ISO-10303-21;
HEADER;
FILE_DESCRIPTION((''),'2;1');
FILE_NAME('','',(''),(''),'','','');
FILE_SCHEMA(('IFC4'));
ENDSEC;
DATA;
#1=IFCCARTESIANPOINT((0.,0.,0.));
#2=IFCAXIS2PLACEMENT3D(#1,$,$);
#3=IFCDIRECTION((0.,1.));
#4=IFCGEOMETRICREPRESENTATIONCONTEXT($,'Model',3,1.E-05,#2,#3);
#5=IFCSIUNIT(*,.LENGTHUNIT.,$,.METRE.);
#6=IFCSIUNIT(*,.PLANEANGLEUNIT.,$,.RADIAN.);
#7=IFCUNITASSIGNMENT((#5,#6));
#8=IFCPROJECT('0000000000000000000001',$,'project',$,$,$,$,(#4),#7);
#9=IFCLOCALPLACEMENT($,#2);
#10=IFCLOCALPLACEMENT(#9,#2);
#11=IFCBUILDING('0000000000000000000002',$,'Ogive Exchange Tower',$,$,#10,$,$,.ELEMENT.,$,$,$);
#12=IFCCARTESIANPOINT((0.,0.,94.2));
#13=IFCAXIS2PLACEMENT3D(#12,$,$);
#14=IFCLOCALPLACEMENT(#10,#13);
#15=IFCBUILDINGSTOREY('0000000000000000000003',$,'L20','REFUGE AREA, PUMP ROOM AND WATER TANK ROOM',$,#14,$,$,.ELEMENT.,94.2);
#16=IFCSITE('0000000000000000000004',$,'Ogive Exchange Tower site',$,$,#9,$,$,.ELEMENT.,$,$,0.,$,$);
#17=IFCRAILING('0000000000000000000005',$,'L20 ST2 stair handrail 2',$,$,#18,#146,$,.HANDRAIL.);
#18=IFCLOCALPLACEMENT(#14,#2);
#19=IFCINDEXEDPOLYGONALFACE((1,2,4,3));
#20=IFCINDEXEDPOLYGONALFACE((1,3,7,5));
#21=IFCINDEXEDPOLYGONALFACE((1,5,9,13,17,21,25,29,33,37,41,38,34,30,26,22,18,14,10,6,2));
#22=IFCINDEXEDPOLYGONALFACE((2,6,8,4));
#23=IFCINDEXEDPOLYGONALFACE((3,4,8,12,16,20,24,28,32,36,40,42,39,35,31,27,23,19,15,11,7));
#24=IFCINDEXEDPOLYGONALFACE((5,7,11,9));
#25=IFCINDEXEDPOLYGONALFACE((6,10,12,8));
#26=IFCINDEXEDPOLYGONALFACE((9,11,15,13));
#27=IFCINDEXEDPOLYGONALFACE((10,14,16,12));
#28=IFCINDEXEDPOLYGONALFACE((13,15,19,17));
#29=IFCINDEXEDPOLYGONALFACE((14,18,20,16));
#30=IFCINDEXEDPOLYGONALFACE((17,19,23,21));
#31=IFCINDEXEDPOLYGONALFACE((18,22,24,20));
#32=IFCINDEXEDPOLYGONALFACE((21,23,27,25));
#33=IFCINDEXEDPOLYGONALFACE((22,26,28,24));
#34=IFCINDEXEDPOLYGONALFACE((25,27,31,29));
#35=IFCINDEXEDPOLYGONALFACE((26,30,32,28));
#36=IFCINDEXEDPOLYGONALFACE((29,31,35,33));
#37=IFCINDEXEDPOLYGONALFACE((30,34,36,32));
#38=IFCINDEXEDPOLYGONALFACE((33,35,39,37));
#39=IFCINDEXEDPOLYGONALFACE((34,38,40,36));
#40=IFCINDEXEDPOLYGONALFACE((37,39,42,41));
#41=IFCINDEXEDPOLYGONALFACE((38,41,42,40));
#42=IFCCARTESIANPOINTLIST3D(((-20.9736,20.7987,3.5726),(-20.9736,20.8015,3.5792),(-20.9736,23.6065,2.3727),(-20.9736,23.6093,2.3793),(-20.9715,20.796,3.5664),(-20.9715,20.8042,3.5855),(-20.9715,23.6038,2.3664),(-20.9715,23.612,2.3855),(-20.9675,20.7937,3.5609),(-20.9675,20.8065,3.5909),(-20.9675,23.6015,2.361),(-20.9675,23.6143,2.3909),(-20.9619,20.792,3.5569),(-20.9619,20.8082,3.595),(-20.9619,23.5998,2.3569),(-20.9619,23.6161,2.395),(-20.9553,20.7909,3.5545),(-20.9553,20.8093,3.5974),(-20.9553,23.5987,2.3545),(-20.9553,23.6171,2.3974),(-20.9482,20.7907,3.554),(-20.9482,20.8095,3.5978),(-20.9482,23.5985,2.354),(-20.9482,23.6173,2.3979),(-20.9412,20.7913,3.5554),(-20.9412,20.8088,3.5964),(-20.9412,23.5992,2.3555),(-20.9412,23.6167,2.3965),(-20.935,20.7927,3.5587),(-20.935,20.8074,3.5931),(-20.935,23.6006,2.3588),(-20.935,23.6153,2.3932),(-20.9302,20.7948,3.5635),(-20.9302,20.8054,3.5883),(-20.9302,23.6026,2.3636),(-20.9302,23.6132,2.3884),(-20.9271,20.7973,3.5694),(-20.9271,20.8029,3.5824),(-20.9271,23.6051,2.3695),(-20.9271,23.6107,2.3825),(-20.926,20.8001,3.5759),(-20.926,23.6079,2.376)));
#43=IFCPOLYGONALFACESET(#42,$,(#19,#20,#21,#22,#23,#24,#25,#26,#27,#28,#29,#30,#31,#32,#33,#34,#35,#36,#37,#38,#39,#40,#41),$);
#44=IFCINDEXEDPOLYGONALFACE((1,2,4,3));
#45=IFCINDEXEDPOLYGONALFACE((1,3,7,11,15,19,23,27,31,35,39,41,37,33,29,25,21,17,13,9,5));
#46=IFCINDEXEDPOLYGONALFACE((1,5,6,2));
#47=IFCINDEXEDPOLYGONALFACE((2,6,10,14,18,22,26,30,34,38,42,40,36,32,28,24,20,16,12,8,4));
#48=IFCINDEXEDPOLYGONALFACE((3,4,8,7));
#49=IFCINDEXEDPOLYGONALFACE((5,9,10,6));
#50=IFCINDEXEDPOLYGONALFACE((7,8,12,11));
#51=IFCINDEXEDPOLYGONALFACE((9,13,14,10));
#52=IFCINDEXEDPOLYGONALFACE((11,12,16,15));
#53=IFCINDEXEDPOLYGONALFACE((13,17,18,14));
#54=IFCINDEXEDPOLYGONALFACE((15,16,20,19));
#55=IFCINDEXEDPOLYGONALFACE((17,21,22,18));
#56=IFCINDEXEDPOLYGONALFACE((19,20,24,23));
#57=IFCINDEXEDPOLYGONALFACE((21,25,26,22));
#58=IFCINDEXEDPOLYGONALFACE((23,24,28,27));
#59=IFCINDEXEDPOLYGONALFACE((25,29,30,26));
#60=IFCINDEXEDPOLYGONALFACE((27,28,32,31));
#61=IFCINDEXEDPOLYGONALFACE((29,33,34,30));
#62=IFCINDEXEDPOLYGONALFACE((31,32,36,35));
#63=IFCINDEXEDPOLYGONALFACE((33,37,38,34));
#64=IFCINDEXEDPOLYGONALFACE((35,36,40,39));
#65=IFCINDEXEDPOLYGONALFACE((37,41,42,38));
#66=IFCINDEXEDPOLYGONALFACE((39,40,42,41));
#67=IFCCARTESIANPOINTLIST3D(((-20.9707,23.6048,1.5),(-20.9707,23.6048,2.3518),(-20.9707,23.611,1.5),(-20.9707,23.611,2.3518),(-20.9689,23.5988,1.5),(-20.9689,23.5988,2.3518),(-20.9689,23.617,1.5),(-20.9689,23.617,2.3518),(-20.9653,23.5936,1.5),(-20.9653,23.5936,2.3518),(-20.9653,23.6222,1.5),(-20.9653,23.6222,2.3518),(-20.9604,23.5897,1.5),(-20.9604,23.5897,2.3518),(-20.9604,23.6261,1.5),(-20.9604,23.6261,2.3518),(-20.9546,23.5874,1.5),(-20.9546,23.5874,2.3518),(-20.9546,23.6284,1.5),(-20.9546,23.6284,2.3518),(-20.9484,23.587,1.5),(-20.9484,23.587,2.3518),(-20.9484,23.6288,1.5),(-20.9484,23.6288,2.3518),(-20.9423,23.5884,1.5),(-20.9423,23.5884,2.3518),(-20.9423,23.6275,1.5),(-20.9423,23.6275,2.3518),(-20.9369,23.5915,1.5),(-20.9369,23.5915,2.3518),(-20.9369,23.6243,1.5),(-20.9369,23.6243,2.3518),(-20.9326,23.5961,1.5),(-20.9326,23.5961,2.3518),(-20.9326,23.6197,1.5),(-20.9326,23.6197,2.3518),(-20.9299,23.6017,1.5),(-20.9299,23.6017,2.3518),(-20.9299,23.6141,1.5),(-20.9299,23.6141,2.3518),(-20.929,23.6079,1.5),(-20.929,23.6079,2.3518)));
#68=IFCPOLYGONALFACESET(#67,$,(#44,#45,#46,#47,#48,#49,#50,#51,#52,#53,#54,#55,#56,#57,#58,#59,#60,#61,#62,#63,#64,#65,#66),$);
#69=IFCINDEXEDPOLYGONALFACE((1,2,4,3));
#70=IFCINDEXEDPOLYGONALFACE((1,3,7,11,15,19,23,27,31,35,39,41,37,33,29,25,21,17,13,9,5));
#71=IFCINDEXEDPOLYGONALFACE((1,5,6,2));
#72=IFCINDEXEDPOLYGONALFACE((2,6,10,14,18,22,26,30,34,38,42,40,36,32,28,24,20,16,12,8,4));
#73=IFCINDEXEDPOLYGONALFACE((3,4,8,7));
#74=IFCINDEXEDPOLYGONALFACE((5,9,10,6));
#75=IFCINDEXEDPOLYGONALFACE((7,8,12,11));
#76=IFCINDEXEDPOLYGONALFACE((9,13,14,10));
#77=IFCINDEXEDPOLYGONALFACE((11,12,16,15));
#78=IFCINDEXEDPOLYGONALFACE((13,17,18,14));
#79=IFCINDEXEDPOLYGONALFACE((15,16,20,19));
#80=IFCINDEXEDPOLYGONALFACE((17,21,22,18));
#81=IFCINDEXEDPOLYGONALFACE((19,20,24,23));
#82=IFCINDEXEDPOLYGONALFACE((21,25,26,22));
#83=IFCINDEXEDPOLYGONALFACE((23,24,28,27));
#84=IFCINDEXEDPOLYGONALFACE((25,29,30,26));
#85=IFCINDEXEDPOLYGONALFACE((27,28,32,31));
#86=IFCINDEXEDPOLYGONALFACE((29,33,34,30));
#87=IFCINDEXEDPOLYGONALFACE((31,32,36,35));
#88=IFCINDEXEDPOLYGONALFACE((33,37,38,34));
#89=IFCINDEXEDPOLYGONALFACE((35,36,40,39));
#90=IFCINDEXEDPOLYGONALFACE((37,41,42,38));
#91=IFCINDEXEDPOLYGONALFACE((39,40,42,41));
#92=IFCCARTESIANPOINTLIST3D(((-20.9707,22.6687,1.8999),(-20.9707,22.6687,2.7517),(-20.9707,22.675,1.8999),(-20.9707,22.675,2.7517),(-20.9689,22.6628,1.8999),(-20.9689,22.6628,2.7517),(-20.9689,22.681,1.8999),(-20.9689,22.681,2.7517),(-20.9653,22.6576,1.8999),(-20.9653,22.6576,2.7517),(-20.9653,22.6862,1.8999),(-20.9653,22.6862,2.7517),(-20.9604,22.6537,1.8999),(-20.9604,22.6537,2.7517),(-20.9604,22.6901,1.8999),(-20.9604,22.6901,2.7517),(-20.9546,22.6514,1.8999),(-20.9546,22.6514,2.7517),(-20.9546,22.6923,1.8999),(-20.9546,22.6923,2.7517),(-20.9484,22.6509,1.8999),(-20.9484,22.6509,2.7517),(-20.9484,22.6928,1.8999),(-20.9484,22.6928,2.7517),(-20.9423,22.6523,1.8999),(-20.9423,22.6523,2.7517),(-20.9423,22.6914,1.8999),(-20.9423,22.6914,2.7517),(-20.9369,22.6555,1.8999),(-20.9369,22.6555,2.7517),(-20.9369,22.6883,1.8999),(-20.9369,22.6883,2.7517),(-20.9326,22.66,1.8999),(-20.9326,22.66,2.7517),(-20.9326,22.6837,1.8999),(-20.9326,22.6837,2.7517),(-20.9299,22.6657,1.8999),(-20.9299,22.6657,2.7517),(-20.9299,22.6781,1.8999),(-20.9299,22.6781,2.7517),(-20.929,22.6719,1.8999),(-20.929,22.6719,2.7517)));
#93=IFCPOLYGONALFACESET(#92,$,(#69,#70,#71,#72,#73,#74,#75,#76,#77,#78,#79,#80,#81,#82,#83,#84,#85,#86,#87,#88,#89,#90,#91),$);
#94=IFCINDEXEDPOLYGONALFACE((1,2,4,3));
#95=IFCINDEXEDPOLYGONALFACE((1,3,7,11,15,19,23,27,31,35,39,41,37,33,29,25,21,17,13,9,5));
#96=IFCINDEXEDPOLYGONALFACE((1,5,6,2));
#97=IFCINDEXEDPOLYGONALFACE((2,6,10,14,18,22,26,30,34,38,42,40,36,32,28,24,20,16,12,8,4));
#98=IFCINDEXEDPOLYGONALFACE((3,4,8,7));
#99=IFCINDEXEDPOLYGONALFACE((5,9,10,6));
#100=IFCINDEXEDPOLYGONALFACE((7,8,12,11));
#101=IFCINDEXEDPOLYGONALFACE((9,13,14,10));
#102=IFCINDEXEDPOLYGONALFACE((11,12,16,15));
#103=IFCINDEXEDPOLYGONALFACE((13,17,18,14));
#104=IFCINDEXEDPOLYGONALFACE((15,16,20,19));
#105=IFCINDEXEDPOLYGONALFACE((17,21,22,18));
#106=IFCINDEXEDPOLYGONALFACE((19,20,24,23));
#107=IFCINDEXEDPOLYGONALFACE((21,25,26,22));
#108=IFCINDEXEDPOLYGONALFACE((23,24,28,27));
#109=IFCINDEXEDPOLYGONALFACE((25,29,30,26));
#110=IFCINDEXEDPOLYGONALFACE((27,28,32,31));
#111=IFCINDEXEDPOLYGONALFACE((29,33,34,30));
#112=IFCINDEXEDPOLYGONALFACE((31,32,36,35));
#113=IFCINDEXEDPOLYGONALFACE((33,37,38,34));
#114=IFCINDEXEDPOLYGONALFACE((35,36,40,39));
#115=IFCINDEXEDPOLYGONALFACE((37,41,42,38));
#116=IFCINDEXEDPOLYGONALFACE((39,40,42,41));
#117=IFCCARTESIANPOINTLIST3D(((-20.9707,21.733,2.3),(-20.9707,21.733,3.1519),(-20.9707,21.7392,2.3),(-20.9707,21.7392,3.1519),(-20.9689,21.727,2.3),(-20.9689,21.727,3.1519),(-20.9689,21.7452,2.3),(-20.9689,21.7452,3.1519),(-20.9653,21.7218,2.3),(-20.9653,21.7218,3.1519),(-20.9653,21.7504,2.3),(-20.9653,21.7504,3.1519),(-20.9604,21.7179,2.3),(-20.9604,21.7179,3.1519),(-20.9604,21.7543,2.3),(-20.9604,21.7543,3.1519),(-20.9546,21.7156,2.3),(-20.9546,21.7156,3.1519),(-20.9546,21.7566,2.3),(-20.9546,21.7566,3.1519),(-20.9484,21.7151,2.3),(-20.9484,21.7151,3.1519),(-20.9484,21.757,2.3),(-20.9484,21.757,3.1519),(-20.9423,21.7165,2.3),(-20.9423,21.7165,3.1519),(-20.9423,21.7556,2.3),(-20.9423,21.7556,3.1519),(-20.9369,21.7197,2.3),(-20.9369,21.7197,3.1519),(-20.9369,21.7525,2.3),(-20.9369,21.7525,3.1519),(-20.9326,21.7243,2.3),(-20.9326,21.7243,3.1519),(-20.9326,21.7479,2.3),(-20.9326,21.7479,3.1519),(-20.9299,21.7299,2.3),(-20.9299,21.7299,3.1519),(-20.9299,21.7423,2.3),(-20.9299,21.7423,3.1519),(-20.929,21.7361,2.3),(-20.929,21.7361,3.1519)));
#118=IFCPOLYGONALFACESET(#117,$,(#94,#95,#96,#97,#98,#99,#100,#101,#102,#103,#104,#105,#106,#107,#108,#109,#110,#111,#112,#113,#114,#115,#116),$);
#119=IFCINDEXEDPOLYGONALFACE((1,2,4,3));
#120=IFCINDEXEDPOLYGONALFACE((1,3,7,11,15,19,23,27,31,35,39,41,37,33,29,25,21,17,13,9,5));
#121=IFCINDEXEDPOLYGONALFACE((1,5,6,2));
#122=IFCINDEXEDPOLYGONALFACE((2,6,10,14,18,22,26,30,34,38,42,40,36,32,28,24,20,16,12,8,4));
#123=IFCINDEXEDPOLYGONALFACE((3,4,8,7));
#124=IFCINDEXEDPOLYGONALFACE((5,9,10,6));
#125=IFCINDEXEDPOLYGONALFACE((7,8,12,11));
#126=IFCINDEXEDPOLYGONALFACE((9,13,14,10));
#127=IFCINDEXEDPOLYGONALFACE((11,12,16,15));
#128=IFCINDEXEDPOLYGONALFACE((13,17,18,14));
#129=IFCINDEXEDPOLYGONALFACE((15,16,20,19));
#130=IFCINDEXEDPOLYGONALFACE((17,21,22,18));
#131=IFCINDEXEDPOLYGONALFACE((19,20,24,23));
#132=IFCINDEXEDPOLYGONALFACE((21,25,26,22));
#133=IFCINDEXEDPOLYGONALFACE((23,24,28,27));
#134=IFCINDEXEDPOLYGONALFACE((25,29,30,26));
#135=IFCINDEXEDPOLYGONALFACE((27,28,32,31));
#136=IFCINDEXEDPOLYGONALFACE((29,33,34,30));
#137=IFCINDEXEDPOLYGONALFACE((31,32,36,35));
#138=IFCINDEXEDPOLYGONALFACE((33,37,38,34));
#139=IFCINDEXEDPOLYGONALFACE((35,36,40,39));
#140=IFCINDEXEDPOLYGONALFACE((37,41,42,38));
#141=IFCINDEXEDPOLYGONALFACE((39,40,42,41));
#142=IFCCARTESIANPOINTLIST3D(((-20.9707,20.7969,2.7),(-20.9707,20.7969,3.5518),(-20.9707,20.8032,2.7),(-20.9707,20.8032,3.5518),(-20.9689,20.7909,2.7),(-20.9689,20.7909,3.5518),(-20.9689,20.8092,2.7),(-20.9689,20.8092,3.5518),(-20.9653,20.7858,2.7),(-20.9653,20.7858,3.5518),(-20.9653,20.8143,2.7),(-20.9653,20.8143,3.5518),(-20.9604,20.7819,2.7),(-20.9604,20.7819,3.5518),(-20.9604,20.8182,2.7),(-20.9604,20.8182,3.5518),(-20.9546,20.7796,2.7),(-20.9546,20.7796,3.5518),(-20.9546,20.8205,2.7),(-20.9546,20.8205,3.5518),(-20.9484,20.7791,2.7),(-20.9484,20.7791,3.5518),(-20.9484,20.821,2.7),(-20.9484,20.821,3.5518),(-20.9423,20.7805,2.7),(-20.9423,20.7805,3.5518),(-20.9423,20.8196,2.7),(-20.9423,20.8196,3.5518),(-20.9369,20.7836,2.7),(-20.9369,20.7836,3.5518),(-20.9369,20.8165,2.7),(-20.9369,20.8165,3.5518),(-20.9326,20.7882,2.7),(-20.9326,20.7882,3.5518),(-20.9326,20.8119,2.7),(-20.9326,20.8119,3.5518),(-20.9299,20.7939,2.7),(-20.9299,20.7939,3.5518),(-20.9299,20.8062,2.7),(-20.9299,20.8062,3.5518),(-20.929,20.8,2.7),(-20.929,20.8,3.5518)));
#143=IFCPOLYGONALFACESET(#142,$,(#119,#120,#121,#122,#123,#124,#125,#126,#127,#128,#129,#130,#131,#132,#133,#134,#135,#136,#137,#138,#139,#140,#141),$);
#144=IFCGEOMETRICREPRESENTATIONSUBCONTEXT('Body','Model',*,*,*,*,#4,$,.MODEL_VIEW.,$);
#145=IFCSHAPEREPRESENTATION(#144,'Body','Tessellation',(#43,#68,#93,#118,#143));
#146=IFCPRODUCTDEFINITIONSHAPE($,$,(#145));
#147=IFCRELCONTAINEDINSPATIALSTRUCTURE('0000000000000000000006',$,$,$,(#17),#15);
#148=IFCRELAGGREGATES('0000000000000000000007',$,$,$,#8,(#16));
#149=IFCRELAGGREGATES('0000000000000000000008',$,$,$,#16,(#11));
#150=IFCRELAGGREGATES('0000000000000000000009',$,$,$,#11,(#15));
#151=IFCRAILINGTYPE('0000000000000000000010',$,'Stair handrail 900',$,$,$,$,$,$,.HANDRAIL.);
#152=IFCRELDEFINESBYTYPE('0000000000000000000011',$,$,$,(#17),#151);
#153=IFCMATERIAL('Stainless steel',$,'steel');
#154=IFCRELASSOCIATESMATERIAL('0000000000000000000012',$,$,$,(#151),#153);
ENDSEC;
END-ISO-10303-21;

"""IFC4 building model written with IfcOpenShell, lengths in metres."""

from ifc_helpers import new_model, si_unit, direction, frame, origin, origin_2d, place, context, subcontext, project, spatial, circle, extrude, material, type_object, element, save


model = new_model("IFC4")

# Units and contexts
model_context = context("Model", 3, precision=1e-05, world=origin(), true_north=direction((0.0, 1.0)))
body_context = subcontext(model_context, "Body", "Model", "MODEL_VIEW")
ifc_project = project(units=[si_unit("LENGTHUNIT", "METRE"), si_unit("PLANEANGLEUNIT", "RADIAN")], contexts=[model_context])

# Site, building, storey
site_placement = place(None, origin())
site = spatial("IfcSite", under=ifc_project, at=site_placement, Name="Ogive Exchange Tower site", CompositionType="ELEMENT", RefElevation=0.0)
building_placement = place(site_placement, origin())
building = spatial("IfcBuilding", under=site, at=building_placement, Name="Ogive Exchange Tower", CompositionType="ELEMENT")
storey_placement = place(building_placement, frame((0.0, 0.0, 94.2)))
storey = spatial("IfcBuildingStorey", under=building, at=storey_placement, Name="L20", Description="REFUGE AREA, PUMP ROOM AND WATER TANK ROOM", CompositionType="ELEMENT", Elevation=94.2)

# Railing
ifc_material_1 = material(Name="Stainless steel", Category="steel")
railing_type = type_object("IfcRailingType", Name="Stair handrail 900", PredefinedType="HANDRAIL", material=ifc_material_1)
railing_1_placement = place(storey_placement, frame((-20.95, 23.6079, 1.5)))
element("IfcRailing", 1, at=railing_1_placement, inside=storey, type_object=railing_type, Name="L20 ST2 stair handrail 2", PredefinedType="HANDRAIL", context=body_context, shape_type="SweptSolid", body=[
    extrude(circle(Radius=0.0239, at=origin_2d()), frame((0.0, 0.0, 0.876), z_axis=(0.0, -0.91955, 0.392973), x_axis=(1.0, 0.0, 0.0)), (0.0, 0.0, 1.0), 3.0535),
    extrude(circle(Radius=0.021, at=origin_2d()), origin(), (0.0, 0.0, 1.0), 0.8518),
    extrude(circle(Radius=0.021, at=origin_2d()), frame((0.0, -0.936, 0.3999)), (0.0, 0.0, 1.0), 0.8518),
    extrude(circle(Radius=0.021, at=origin_2d()), frame((0.0, -1.8718, 0.8)), (0.0, 0.0, 1.0), 0.8518),
    extrude(circle(Radius=0.021, at=origin_2d()), frame((0.0, -2.8079, 1.2)), (0.0, 0.0, 1.0), 0.8518),
])

save(model, "model.ifc")
